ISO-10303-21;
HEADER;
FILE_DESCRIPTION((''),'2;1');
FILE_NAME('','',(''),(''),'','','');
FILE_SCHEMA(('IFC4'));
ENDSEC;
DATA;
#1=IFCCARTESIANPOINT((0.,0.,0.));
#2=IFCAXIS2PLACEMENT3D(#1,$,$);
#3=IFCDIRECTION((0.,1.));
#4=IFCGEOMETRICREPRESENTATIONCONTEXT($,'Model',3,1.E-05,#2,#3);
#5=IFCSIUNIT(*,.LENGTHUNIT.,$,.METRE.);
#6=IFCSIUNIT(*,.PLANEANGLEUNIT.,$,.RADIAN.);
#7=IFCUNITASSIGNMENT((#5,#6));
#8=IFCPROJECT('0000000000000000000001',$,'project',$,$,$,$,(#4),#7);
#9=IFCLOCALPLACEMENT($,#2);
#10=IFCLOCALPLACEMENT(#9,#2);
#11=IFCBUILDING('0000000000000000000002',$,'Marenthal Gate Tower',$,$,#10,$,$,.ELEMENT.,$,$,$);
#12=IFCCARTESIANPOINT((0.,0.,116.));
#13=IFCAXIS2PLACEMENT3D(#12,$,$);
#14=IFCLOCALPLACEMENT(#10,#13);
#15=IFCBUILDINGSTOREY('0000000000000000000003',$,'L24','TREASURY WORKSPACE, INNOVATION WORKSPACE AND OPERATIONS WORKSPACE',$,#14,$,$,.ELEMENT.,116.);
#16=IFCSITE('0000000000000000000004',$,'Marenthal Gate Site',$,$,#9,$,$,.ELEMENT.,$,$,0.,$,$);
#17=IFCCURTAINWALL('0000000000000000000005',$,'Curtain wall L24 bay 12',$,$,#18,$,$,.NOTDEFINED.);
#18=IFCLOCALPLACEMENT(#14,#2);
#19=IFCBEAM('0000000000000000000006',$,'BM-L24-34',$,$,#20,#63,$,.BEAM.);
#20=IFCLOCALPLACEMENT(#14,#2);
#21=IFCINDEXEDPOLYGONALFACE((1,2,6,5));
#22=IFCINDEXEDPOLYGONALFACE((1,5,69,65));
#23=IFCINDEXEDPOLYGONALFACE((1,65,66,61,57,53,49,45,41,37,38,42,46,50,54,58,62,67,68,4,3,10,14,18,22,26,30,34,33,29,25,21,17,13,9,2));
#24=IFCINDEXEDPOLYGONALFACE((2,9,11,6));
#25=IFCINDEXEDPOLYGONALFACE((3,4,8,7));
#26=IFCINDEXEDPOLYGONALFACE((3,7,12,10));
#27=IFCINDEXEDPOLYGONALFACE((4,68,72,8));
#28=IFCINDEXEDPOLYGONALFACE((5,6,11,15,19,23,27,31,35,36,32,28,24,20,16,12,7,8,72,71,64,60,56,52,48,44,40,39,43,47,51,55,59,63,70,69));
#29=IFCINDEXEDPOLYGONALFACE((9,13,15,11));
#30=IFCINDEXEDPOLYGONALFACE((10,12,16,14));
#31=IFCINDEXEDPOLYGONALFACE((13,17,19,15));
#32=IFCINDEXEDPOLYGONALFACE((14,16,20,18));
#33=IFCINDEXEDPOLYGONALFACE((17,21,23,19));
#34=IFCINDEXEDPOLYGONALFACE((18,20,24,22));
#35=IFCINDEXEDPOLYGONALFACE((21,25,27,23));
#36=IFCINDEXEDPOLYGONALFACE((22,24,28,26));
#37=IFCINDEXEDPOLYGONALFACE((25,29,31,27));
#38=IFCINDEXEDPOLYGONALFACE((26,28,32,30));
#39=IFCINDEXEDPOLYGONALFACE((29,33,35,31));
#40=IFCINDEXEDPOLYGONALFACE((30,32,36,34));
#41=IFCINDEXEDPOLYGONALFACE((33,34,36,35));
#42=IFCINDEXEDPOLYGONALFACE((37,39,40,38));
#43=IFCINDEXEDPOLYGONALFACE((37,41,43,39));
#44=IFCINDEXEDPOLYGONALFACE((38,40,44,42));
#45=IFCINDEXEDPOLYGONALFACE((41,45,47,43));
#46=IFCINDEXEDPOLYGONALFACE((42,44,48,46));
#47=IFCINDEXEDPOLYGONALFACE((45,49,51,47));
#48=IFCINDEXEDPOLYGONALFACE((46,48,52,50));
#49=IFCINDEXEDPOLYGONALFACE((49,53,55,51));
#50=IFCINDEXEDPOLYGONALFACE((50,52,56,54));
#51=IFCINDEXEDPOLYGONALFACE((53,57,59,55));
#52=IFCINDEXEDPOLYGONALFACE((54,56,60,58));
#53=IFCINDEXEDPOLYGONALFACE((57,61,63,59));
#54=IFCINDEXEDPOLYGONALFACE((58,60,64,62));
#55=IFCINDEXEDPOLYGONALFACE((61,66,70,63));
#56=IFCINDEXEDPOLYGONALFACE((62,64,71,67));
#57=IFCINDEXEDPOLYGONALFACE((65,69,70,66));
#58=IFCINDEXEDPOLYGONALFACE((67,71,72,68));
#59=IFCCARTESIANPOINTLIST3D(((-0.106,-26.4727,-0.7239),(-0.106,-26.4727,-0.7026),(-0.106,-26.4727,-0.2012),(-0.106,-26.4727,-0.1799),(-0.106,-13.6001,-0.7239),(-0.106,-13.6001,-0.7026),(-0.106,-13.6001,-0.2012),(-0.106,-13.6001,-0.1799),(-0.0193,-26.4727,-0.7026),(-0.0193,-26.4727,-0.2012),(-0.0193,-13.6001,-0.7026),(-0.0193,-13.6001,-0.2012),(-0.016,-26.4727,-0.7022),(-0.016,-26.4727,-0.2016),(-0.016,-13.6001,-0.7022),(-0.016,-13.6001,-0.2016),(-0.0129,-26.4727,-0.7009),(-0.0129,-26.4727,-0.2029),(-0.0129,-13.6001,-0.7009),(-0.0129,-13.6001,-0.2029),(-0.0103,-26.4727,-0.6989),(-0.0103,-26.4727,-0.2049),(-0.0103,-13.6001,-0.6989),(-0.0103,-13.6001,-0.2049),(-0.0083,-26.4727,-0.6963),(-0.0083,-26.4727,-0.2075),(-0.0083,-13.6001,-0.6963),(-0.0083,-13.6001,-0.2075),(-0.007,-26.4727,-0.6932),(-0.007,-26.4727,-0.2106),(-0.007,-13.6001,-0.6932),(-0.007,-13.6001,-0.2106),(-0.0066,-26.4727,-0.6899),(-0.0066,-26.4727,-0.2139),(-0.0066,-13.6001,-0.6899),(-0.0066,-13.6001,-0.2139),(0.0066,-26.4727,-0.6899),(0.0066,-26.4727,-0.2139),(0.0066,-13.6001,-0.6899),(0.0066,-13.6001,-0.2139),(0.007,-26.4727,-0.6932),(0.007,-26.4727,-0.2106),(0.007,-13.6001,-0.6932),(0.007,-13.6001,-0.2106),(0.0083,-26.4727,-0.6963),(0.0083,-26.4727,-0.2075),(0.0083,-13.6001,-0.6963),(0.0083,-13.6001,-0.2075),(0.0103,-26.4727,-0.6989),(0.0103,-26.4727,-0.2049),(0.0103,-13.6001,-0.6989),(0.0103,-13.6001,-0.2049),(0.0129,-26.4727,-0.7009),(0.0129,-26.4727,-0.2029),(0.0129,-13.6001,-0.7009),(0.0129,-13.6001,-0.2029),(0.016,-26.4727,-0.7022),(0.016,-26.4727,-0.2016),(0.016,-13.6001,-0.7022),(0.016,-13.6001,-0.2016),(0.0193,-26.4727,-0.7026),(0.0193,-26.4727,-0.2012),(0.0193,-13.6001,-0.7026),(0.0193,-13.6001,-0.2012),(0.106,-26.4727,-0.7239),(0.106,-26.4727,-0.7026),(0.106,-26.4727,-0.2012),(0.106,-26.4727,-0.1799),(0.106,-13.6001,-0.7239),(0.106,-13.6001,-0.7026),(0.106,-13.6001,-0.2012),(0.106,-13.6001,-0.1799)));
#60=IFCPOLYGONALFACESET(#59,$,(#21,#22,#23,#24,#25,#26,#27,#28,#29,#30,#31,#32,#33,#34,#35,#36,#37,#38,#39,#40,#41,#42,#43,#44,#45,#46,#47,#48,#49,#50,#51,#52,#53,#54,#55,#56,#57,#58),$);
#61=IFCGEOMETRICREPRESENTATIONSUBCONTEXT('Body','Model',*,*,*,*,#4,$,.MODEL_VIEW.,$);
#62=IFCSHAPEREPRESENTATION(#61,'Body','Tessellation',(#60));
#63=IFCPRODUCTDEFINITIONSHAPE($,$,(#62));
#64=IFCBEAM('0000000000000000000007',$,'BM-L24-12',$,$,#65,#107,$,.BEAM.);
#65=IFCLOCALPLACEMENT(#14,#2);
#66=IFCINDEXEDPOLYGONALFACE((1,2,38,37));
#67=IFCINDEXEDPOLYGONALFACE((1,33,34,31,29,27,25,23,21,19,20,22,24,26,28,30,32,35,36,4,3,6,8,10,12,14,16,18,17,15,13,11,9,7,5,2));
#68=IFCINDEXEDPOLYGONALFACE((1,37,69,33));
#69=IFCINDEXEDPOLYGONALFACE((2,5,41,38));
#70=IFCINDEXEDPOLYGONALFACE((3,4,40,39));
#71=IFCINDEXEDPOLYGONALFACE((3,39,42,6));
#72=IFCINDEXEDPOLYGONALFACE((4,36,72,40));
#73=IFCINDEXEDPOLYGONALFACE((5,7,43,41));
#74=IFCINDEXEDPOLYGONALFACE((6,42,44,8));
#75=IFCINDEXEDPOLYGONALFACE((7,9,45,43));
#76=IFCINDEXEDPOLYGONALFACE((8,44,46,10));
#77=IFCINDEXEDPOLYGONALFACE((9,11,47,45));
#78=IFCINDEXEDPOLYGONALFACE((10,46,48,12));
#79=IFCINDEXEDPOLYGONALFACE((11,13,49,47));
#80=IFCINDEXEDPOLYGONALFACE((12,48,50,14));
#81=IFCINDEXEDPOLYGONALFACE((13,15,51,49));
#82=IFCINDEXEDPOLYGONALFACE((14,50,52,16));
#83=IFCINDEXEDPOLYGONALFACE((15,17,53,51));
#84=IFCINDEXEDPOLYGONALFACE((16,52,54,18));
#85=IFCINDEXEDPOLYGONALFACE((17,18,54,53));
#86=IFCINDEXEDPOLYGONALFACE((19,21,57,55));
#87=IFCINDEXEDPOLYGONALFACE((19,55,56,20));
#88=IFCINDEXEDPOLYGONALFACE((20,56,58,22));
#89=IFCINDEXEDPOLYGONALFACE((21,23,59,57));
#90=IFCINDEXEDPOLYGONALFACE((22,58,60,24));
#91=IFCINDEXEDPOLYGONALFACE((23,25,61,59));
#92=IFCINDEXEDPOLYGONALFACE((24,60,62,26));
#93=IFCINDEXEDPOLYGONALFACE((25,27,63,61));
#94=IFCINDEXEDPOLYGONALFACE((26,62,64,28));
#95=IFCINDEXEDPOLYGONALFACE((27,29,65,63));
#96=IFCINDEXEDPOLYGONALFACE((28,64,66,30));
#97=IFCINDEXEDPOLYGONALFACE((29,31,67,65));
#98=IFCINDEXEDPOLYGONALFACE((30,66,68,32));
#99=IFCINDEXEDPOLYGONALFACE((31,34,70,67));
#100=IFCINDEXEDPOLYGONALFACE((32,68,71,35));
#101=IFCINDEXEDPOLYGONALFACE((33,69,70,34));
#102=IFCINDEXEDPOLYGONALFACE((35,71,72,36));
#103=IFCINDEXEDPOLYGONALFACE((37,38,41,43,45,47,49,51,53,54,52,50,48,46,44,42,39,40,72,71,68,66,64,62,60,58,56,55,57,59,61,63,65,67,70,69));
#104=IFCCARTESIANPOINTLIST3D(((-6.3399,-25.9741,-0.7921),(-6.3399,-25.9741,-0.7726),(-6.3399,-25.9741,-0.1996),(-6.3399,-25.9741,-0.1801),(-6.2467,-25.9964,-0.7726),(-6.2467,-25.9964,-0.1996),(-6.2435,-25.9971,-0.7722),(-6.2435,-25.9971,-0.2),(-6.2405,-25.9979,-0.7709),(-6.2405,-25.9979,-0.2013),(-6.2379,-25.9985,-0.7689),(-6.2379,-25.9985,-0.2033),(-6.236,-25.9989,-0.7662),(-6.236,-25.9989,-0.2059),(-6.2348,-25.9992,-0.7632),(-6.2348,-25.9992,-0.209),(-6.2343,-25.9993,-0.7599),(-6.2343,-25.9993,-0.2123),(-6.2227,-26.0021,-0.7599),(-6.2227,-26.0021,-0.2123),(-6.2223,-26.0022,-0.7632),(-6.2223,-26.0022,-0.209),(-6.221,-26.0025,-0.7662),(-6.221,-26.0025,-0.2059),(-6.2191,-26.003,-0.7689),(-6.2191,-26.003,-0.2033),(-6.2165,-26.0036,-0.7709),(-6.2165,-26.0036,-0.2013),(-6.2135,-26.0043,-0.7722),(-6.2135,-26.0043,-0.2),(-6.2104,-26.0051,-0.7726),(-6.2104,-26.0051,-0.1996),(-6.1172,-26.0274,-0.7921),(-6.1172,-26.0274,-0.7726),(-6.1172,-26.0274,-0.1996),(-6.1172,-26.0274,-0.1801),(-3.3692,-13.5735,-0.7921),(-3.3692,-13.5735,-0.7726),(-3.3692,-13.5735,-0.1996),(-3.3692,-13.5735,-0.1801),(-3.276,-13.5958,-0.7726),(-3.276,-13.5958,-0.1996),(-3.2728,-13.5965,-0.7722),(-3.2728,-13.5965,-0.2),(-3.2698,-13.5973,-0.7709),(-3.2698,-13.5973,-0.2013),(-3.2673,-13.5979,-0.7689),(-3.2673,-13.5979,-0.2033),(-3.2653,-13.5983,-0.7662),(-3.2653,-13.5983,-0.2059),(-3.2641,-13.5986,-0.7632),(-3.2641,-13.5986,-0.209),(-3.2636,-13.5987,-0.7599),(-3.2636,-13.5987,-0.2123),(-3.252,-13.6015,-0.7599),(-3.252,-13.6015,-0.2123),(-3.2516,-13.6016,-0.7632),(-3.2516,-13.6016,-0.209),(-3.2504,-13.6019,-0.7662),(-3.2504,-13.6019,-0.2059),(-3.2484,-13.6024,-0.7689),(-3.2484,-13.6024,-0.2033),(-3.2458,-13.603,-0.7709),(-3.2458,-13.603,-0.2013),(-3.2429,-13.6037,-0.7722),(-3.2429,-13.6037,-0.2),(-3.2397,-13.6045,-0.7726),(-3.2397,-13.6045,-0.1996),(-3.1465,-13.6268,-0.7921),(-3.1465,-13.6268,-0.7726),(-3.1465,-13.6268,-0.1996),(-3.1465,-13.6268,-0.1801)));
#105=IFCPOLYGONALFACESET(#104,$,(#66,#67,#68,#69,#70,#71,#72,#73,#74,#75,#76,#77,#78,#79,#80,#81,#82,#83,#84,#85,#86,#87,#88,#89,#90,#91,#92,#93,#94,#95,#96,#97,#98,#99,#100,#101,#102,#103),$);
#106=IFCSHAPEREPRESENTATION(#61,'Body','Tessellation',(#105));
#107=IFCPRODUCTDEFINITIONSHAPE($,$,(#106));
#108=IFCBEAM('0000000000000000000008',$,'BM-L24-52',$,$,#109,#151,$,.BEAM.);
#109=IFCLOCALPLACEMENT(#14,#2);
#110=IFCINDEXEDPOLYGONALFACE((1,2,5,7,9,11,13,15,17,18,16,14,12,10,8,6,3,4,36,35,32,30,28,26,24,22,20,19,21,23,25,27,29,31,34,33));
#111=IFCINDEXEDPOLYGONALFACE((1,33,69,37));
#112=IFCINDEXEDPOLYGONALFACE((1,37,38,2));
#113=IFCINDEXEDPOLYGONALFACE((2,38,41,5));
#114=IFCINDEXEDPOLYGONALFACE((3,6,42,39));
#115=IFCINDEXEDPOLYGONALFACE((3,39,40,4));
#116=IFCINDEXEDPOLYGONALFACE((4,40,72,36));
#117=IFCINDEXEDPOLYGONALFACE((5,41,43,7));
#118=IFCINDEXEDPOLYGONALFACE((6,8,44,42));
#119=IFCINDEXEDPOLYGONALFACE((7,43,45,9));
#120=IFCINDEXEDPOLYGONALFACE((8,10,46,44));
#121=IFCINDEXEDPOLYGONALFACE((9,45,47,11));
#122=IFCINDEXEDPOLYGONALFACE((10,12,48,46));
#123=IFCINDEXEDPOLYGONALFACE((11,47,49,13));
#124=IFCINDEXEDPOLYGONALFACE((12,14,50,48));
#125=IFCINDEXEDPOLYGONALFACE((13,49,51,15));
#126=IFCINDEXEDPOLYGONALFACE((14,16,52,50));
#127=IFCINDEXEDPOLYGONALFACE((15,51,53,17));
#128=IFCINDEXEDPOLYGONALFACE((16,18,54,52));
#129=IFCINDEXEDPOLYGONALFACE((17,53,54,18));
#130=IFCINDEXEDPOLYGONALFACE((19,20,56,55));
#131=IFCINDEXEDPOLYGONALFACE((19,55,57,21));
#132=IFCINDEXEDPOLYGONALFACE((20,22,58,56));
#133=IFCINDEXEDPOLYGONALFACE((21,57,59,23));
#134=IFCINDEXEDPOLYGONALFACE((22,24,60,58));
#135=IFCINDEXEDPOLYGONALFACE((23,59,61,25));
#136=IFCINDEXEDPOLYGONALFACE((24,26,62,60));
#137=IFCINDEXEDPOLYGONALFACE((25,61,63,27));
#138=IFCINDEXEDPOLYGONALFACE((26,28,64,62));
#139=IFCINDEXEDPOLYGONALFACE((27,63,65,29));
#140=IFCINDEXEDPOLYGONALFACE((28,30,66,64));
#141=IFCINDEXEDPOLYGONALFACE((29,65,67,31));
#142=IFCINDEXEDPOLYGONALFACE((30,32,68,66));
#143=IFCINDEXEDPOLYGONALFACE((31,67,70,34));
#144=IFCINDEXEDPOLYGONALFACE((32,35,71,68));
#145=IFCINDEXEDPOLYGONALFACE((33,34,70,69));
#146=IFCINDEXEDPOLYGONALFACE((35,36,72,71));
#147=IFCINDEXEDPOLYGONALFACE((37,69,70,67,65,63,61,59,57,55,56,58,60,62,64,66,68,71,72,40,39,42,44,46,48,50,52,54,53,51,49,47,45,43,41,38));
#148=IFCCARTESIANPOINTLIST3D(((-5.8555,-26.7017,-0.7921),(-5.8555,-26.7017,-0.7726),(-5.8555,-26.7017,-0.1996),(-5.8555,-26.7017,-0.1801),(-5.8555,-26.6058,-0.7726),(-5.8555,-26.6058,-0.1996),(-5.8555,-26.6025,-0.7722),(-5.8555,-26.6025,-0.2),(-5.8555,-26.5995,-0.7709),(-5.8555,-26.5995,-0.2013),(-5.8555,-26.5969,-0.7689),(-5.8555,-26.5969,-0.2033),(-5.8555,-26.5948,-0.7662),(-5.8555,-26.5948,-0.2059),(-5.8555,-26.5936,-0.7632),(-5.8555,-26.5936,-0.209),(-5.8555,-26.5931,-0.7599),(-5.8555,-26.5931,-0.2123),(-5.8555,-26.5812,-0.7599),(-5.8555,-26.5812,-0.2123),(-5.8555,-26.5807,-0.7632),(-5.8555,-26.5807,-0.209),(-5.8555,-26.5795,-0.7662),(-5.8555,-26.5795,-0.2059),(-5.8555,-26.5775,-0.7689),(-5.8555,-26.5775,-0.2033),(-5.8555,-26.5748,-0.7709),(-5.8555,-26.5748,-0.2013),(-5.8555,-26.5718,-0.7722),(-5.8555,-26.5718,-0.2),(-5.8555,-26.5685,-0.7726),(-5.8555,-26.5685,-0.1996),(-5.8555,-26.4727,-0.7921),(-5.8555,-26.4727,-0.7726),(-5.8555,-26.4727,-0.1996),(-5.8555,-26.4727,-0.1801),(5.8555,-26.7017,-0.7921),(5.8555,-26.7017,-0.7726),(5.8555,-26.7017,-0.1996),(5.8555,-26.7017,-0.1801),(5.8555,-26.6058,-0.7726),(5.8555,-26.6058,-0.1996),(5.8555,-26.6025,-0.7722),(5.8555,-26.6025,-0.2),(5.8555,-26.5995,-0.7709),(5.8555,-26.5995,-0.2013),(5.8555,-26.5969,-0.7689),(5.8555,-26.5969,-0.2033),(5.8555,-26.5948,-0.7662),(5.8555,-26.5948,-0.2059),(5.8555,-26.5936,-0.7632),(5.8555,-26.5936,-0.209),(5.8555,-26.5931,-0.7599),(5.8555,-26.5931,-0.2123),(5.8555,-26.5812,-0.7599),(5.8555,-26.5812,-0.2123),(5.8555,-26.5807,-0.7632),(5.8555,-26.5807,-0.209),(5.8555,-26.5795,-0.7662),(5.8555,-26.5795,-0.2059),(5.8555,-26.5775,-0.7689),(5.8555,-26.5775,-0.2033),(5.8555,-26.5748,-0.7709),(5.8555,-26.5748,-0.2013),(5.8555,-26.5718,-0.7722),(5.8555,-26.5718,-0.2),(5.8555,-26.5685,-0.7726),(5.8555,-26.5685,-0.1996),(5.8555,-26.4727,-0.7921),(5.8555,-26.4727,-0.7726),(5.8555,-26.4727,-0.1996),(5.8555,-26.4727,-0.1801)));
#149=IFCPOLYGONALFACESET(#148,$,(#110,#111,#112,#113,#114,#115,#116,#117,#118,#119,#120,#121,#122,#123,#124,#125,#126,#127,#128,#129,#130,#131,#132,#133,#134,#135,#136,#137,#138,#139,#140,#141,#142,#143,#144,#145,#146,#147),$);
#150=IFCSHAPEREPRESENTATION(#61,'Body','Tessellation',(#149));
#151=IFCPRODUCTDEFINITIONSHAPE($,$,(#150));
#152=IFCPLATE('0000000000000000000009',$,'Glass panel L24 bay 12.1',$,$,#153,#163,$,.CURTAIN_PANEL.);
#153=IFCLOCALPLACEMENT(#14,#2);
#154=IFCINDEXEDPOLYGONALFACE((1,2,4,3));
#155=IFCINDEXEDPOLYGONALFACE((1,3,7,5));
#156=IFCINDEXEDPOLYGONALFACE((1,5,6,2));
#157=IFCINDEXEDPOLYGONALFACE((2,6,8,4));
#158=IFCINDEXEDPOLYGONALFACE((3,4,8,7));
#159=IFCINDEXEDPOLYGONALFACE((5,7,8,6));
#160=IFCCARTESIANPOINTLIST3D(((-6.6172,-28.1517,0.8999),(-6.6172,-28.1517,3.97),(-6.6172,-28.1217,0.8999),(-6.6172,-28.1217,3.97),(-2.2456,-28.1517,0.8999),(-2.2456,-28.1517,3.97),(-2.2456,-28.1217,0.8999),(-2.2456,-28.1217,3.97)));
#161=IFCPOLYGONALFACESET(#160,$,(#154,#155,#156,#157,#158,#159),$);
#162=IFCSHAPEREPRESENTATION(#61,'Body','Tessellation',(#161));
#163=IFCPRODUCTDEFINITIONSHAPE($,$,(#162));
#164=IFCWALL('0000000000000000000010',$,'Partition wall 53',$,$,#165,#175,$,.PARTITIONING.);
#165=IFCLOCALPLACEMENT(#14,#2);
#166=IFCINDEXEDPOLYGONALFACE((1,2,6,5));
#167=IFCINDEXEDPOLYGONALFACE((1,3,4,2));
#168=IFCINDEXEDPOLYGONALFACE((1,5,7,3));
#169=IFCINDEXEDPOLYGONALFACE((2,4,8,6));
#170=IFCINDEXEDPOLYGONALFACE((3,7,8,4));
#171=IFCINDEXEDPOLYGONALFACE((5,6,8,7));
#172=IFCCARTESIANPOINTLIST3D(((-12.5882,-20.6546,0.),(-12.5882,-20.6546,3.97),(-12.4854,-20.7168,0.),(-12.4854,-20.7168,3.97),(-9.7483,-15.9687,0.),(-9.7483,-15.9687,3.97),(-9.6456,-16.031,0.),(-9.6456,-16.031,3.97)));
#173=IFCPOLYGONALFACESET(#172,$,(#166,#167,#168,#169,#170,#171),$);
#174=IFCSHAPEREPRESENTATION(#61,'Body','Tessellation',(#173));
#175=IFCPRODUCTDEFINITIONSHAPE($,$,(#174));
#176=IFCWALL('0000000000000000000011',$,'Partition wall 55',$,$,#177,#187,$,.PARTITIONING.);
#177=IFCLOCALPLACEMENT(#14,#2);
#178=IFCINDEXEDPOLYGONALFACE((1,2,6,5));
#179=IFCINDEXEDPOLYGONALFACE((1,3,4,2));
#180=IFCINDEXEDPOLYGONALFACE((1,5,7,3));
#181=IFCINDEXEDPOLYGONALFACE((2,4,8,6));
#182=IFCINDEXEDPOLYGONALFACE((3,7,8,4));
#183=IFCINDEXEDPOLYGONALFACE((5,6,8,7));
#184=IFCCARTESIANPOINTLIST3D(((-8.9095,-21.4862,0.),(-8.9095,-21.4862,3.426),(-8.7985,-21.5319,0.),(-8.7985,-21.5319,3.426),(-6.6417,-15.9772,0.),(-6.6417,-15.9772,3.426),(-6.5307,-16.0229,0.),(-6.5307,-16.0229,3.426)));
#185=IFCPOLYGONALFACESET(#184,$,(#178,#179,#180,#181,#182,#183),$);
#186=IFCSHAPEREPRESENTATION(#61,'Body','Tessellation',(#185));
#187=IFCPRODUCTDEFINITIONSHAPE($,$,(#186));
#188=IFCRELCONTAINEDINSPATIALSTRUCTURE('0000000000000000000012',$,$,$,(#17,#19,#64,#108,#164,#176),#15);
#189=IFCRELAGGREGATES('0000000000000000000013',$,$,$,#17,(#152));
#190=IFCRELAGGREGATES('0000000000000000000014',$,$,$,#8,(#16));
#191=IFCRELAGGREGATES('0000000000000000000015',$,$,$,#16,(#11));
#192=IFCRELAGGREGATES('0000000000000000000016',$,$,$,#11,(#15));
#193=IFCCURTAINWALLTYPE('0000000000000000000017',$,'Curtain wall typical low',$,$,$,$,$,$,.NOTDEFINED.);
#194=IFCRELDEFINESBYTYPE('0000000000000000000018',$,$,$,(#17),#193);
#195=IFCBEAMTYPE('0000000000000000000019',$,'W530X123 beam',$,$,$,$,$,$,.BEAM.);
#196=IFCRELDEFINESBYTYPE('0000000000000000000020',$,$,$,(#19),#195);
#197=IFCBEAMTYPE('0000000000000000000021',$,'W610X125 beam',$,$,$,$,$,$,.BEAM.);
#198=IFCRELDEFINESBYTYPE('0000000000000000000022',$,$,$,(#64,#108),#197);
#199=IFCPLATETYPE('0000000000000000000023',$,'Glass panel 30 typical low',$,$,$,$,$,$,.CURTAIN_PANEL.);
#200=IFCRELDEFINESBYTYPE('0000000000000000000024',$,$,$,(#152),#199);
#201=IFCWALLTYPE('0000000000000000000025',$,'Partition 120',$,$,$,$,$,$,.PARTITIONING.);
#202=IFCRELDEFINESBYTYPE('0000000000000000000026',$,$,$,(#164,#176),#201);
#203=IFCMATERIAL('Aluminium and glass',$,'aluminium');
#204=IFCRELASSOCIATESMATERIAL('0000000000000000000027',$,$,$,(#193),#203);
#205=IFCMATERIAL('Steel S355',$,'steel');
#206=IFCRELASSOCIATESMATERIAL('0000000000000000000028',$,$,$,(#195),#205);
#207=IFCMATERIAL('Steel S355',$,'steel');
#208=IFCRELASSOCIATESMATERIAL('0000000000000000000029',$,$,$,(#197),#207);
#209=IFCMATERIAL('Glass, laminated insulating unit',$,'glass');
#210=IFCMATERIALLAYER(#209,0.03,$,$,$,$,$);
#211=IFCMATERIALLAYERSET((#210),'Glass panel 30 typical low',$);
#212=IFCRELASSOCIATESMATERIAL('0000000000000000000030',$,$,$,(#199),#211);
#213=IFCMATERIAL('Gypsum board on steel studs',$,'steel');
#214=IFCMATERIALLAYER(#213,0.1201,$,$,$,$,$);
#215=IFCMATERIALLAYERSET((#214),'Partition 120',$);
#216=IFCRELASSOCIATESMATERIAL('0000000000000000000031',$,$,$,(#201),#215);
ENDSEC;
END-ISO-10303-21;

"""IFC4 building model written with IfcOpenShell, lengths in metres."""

from ifc_helpers import new_model, si_unit, direction, frame, frame_2d, origin, origin_2d, place, context, subcontext, project, spatial, rectangle, i_section, extrude, material, layer, layer_set, material_profile, profile_set, type_object, element, aggregate, save


model = new_model("IFC4")

# Units and contexts
model_context = context("Model", 3, precision=1e-05, world=origin(), true_north=direction((0.0, 1.0)))
body_context = subcontext(model_context, "Body", "Model", "MODEL_VIEW")
ifc_project = project(units=[si_unit("LENGTHUNIT", "METRE"), si_unit("PLANEANGLEUNIT", "RADIAN")], contexts=[model_context])

# Site, building, storey
site_placement = place(None, origin())
site = spatial("IfcSite", under=ifc_project, at=site_placement, Name="Marenthal Gate Site", CompositionType="ELEMENT", RefElevation=0.0)
building_placement = place(site_placement, origin())
building = spatial("IfcBuilding", under=site, at=building_placement, Name="Marenthal Gate Tower", CompositionType="ELEMENT")
storey_placement = place(building_placement, frame((0.0, 0.0, 116.0)))
storey = spatial("IfcBuildingStorey", under=building, at=storey_placement, Name="L24", Description="TREASURY WORKSPACE, INNOVATION WORKSPACE AND OPERATIONS WORKSPACE", CompositionType="ELEMENT", Elevation=116.0)

# Curtain wall
ifc_material_1 = material(Name="Aluminium and glass", Category="aluminium")
curtain_wall_type = type_object("IfcCurtainWallType", Name="Curtain wall typical low", PredefinedType="NOTDEFINED", material=ifc_material_1)
curtain_wall_placement = place(storey_placement, origin())
curtain_wall = element("IfcCurtainWall", 1, at=curtain_wall_placement, inside=storey, type_object=curtain_wall_type, Name="Curtain wall L24 bay 12", PredefinedType="NOTDEFINED")

# Beams
ifc_material_2 = material(Name="Steel S355", Category="steel")
ifc_material_profile_1 = material_profile(ifc_material_2, i_section(OverallWidth=0.2119, OverallDepth=0.5439, WebThickness=0.0132, FlangeThickness=0.0212, FilletRadius=0.0127, at=origin_2d()), Name="W530X123")
ifc_profile_set_1 = profile_set([ifc_material_profile_1], Name="Steel S355")
beam_type_1 = type_object("IfcBeamType", Name="W530X123 beam", PredefinedType="BEAM", material=ifc_profile_set_1)
beam_1_placement = place(storey_placement, frame((0.0, -26.4727, -0.4519), z_axis=(0.0, 1.0, 0.0), x_axis=(-1.0, 0.0, 0.0)))
element("IfcBeam", 2, at=beam_1_placement, inside=storey, type_object=beam_type_1, Name="BM-L24-34", PredefinedType="BEAM", context=body_context, shape_type="SweptSolid", body=[
    extrude(i_section(OverallWidth=0.2119, OverallDepth=0.5439, WebThickness=0.0132, FlangeThickness=0.0212, FilletRadius=0.0127, at=origin_2d()), origin(), (0.0, 0.0, 1.0), 12.8726),
])
ifc_material_3 = material(Name="Steel S355", Category="steel")
ifc_material_profile_2 = material_profile(ifc_material_3, i_section(OverallWidth=0.229, OverallDepth=0.6121, WebThickness=0.012, FlangeThickness=0.0195, FilletRadius=0.0127, at=origin_2d()), Name="W610X125")
ifc_profile_set_2 = profile_set([ifc_material_profile_2], Name="Steel S355")
beam_type_2 = type_object("IfcBeamType", Name="W610X125 beam", PredefinedType="BEAM", material=ifc_profile_set_2)
beam_2_placement = place(storey_placement, frame((-6.2285, -26.0007, -0.4861), z_axis=(0.232969, 0.972484, 0.0), x_axis=(-0.972484, 0.232969, 0.0)))
element("IfcBeam", 3, at=beam_2_placement, inside=storey, type_object=beam_type_2, Name="BM-L24-12", PredefinedType="BEAM", context=body_context, shape_type="SweptSolid", body=[
    extrude(i_section(OverallWidth=0.229, OverallDepth=0.6121, WebThickness=0.012, FlangeThickness=0.0195, FilletRadius=0.0127, at=origin_2d()), origin(), (0.0, 0.0, 1.0), 12.7515),
])
beam_3_placement = place(storey_placement, frame((-5.8555, -26.5872, -0.4861), z_axis=(1.0, 0.0, 0.0), x_axis=(0.0, 1.0, 0.0)))
element("IfcBeam", 4, at=beam_3_placement, inside=storey, type_object=beam_type_2, Name="BM-L24-52", PredefinedType="BEAM", context=body_context, shape_type="SweptSolid", body=[
    extrude(i_section(OverallWidth=0.229, OverallDepth=0.6121, WebThickness=0.012, FlangeThickness=0.0195, FilletRadius=0.0127, at=origin_2d()), origin(), (0.0, 0.0, 1.0), 11.7109),
])

# Plate
ifc_material_4 = material(Name="Glass, laminated insulating unit", Category="glass")
ifc_layer_1 = layer(ifc_material_4, 0.03)
ifc_layer_set_1 = layer_set([ifc_layer_1], Name="Glass panel 30 typical low")
plate_type = type_object("IfcPlateType", Name="Glass panel 30 typical low", PredefinedType="CURTAIN_PANEL", material=ifc_layer_set_1)
plate_placement = place(storey_placement, frame((-4.4314, -28.1367, 0.8999), z_axis=(0.0, 0.0, 1.0), x_axis=(1.0, 0.0, 0.0)))
plate = element("IfcPlate", 5, at=plate_placement, type_object=plate_type, Name="Glass panel L24 bay 12.1", PredefinedType="CURTAIN_PANEL", context=body_context, shape_type="SweptSolid", body=[
    extrude(rectangle(XDim=4.3716, YDim=0.03, at=origin_2d()), origin(), (0.0, 0.0, 1.0), 3.0701),
])
aggregate(curtain_wall, [plate])

# Walls
ifc_material_5 = material(Name="Gypsum board on steel studs", Category="steel")
ifc_layer_2 = layer(ifc_material_5, 0.1201)
ifc_layer_set_2 = layer_set([ifc_layer_2], Name="Partition 120")
wall_type = type_object("IfcWallType", Name="Partition 120", PredefinedType="PARTITIONING", material=ifc_layer_set_2)
wall_1_placement = place(storey_placement, frame((-12.5369, -20.6858, 0.0), z_axis=(0.0, 0.0, 1.0), x_axis=(0.518298, 0.8552, 0.0)))
element("IfcWall", 6, at=wall_1_placement, inside=storey, type_object=wall_type, Name="Partition wall 53", PredefinedType="PARTITIONING", context=body_context, shape_type="SweptSolid", body=[
    extrude(rectangle(XDim=5.4792, YDim=0.1201, at=frame_2d((2.7397, 0.0))), origin(), (0.0, 0.0, 1.0), 3.97),
])
wall_2_placement = place(storey_placement, frame((-8.854, -21.509, 0.0), z_axis=(0.0, 0.0, 1.0), x_axis=(0.380663, 0.924714, 0.0)))
element("IfcWall", 7, at=wall_2_placement, inside=storey, type_object=wall_type, Name="Partition wall 55", PredefinedType="PARTITIONING", context=body_context, shape_type="SweptSolid", body=[
    extrude(rectangle(XDim=5.9575, YDim=0.1201, at=frame_2d((2.9788, 0.0))), origin(), (0.0, 0.0, 1.0), 3.426),
])

save(model, "model.ifc")
